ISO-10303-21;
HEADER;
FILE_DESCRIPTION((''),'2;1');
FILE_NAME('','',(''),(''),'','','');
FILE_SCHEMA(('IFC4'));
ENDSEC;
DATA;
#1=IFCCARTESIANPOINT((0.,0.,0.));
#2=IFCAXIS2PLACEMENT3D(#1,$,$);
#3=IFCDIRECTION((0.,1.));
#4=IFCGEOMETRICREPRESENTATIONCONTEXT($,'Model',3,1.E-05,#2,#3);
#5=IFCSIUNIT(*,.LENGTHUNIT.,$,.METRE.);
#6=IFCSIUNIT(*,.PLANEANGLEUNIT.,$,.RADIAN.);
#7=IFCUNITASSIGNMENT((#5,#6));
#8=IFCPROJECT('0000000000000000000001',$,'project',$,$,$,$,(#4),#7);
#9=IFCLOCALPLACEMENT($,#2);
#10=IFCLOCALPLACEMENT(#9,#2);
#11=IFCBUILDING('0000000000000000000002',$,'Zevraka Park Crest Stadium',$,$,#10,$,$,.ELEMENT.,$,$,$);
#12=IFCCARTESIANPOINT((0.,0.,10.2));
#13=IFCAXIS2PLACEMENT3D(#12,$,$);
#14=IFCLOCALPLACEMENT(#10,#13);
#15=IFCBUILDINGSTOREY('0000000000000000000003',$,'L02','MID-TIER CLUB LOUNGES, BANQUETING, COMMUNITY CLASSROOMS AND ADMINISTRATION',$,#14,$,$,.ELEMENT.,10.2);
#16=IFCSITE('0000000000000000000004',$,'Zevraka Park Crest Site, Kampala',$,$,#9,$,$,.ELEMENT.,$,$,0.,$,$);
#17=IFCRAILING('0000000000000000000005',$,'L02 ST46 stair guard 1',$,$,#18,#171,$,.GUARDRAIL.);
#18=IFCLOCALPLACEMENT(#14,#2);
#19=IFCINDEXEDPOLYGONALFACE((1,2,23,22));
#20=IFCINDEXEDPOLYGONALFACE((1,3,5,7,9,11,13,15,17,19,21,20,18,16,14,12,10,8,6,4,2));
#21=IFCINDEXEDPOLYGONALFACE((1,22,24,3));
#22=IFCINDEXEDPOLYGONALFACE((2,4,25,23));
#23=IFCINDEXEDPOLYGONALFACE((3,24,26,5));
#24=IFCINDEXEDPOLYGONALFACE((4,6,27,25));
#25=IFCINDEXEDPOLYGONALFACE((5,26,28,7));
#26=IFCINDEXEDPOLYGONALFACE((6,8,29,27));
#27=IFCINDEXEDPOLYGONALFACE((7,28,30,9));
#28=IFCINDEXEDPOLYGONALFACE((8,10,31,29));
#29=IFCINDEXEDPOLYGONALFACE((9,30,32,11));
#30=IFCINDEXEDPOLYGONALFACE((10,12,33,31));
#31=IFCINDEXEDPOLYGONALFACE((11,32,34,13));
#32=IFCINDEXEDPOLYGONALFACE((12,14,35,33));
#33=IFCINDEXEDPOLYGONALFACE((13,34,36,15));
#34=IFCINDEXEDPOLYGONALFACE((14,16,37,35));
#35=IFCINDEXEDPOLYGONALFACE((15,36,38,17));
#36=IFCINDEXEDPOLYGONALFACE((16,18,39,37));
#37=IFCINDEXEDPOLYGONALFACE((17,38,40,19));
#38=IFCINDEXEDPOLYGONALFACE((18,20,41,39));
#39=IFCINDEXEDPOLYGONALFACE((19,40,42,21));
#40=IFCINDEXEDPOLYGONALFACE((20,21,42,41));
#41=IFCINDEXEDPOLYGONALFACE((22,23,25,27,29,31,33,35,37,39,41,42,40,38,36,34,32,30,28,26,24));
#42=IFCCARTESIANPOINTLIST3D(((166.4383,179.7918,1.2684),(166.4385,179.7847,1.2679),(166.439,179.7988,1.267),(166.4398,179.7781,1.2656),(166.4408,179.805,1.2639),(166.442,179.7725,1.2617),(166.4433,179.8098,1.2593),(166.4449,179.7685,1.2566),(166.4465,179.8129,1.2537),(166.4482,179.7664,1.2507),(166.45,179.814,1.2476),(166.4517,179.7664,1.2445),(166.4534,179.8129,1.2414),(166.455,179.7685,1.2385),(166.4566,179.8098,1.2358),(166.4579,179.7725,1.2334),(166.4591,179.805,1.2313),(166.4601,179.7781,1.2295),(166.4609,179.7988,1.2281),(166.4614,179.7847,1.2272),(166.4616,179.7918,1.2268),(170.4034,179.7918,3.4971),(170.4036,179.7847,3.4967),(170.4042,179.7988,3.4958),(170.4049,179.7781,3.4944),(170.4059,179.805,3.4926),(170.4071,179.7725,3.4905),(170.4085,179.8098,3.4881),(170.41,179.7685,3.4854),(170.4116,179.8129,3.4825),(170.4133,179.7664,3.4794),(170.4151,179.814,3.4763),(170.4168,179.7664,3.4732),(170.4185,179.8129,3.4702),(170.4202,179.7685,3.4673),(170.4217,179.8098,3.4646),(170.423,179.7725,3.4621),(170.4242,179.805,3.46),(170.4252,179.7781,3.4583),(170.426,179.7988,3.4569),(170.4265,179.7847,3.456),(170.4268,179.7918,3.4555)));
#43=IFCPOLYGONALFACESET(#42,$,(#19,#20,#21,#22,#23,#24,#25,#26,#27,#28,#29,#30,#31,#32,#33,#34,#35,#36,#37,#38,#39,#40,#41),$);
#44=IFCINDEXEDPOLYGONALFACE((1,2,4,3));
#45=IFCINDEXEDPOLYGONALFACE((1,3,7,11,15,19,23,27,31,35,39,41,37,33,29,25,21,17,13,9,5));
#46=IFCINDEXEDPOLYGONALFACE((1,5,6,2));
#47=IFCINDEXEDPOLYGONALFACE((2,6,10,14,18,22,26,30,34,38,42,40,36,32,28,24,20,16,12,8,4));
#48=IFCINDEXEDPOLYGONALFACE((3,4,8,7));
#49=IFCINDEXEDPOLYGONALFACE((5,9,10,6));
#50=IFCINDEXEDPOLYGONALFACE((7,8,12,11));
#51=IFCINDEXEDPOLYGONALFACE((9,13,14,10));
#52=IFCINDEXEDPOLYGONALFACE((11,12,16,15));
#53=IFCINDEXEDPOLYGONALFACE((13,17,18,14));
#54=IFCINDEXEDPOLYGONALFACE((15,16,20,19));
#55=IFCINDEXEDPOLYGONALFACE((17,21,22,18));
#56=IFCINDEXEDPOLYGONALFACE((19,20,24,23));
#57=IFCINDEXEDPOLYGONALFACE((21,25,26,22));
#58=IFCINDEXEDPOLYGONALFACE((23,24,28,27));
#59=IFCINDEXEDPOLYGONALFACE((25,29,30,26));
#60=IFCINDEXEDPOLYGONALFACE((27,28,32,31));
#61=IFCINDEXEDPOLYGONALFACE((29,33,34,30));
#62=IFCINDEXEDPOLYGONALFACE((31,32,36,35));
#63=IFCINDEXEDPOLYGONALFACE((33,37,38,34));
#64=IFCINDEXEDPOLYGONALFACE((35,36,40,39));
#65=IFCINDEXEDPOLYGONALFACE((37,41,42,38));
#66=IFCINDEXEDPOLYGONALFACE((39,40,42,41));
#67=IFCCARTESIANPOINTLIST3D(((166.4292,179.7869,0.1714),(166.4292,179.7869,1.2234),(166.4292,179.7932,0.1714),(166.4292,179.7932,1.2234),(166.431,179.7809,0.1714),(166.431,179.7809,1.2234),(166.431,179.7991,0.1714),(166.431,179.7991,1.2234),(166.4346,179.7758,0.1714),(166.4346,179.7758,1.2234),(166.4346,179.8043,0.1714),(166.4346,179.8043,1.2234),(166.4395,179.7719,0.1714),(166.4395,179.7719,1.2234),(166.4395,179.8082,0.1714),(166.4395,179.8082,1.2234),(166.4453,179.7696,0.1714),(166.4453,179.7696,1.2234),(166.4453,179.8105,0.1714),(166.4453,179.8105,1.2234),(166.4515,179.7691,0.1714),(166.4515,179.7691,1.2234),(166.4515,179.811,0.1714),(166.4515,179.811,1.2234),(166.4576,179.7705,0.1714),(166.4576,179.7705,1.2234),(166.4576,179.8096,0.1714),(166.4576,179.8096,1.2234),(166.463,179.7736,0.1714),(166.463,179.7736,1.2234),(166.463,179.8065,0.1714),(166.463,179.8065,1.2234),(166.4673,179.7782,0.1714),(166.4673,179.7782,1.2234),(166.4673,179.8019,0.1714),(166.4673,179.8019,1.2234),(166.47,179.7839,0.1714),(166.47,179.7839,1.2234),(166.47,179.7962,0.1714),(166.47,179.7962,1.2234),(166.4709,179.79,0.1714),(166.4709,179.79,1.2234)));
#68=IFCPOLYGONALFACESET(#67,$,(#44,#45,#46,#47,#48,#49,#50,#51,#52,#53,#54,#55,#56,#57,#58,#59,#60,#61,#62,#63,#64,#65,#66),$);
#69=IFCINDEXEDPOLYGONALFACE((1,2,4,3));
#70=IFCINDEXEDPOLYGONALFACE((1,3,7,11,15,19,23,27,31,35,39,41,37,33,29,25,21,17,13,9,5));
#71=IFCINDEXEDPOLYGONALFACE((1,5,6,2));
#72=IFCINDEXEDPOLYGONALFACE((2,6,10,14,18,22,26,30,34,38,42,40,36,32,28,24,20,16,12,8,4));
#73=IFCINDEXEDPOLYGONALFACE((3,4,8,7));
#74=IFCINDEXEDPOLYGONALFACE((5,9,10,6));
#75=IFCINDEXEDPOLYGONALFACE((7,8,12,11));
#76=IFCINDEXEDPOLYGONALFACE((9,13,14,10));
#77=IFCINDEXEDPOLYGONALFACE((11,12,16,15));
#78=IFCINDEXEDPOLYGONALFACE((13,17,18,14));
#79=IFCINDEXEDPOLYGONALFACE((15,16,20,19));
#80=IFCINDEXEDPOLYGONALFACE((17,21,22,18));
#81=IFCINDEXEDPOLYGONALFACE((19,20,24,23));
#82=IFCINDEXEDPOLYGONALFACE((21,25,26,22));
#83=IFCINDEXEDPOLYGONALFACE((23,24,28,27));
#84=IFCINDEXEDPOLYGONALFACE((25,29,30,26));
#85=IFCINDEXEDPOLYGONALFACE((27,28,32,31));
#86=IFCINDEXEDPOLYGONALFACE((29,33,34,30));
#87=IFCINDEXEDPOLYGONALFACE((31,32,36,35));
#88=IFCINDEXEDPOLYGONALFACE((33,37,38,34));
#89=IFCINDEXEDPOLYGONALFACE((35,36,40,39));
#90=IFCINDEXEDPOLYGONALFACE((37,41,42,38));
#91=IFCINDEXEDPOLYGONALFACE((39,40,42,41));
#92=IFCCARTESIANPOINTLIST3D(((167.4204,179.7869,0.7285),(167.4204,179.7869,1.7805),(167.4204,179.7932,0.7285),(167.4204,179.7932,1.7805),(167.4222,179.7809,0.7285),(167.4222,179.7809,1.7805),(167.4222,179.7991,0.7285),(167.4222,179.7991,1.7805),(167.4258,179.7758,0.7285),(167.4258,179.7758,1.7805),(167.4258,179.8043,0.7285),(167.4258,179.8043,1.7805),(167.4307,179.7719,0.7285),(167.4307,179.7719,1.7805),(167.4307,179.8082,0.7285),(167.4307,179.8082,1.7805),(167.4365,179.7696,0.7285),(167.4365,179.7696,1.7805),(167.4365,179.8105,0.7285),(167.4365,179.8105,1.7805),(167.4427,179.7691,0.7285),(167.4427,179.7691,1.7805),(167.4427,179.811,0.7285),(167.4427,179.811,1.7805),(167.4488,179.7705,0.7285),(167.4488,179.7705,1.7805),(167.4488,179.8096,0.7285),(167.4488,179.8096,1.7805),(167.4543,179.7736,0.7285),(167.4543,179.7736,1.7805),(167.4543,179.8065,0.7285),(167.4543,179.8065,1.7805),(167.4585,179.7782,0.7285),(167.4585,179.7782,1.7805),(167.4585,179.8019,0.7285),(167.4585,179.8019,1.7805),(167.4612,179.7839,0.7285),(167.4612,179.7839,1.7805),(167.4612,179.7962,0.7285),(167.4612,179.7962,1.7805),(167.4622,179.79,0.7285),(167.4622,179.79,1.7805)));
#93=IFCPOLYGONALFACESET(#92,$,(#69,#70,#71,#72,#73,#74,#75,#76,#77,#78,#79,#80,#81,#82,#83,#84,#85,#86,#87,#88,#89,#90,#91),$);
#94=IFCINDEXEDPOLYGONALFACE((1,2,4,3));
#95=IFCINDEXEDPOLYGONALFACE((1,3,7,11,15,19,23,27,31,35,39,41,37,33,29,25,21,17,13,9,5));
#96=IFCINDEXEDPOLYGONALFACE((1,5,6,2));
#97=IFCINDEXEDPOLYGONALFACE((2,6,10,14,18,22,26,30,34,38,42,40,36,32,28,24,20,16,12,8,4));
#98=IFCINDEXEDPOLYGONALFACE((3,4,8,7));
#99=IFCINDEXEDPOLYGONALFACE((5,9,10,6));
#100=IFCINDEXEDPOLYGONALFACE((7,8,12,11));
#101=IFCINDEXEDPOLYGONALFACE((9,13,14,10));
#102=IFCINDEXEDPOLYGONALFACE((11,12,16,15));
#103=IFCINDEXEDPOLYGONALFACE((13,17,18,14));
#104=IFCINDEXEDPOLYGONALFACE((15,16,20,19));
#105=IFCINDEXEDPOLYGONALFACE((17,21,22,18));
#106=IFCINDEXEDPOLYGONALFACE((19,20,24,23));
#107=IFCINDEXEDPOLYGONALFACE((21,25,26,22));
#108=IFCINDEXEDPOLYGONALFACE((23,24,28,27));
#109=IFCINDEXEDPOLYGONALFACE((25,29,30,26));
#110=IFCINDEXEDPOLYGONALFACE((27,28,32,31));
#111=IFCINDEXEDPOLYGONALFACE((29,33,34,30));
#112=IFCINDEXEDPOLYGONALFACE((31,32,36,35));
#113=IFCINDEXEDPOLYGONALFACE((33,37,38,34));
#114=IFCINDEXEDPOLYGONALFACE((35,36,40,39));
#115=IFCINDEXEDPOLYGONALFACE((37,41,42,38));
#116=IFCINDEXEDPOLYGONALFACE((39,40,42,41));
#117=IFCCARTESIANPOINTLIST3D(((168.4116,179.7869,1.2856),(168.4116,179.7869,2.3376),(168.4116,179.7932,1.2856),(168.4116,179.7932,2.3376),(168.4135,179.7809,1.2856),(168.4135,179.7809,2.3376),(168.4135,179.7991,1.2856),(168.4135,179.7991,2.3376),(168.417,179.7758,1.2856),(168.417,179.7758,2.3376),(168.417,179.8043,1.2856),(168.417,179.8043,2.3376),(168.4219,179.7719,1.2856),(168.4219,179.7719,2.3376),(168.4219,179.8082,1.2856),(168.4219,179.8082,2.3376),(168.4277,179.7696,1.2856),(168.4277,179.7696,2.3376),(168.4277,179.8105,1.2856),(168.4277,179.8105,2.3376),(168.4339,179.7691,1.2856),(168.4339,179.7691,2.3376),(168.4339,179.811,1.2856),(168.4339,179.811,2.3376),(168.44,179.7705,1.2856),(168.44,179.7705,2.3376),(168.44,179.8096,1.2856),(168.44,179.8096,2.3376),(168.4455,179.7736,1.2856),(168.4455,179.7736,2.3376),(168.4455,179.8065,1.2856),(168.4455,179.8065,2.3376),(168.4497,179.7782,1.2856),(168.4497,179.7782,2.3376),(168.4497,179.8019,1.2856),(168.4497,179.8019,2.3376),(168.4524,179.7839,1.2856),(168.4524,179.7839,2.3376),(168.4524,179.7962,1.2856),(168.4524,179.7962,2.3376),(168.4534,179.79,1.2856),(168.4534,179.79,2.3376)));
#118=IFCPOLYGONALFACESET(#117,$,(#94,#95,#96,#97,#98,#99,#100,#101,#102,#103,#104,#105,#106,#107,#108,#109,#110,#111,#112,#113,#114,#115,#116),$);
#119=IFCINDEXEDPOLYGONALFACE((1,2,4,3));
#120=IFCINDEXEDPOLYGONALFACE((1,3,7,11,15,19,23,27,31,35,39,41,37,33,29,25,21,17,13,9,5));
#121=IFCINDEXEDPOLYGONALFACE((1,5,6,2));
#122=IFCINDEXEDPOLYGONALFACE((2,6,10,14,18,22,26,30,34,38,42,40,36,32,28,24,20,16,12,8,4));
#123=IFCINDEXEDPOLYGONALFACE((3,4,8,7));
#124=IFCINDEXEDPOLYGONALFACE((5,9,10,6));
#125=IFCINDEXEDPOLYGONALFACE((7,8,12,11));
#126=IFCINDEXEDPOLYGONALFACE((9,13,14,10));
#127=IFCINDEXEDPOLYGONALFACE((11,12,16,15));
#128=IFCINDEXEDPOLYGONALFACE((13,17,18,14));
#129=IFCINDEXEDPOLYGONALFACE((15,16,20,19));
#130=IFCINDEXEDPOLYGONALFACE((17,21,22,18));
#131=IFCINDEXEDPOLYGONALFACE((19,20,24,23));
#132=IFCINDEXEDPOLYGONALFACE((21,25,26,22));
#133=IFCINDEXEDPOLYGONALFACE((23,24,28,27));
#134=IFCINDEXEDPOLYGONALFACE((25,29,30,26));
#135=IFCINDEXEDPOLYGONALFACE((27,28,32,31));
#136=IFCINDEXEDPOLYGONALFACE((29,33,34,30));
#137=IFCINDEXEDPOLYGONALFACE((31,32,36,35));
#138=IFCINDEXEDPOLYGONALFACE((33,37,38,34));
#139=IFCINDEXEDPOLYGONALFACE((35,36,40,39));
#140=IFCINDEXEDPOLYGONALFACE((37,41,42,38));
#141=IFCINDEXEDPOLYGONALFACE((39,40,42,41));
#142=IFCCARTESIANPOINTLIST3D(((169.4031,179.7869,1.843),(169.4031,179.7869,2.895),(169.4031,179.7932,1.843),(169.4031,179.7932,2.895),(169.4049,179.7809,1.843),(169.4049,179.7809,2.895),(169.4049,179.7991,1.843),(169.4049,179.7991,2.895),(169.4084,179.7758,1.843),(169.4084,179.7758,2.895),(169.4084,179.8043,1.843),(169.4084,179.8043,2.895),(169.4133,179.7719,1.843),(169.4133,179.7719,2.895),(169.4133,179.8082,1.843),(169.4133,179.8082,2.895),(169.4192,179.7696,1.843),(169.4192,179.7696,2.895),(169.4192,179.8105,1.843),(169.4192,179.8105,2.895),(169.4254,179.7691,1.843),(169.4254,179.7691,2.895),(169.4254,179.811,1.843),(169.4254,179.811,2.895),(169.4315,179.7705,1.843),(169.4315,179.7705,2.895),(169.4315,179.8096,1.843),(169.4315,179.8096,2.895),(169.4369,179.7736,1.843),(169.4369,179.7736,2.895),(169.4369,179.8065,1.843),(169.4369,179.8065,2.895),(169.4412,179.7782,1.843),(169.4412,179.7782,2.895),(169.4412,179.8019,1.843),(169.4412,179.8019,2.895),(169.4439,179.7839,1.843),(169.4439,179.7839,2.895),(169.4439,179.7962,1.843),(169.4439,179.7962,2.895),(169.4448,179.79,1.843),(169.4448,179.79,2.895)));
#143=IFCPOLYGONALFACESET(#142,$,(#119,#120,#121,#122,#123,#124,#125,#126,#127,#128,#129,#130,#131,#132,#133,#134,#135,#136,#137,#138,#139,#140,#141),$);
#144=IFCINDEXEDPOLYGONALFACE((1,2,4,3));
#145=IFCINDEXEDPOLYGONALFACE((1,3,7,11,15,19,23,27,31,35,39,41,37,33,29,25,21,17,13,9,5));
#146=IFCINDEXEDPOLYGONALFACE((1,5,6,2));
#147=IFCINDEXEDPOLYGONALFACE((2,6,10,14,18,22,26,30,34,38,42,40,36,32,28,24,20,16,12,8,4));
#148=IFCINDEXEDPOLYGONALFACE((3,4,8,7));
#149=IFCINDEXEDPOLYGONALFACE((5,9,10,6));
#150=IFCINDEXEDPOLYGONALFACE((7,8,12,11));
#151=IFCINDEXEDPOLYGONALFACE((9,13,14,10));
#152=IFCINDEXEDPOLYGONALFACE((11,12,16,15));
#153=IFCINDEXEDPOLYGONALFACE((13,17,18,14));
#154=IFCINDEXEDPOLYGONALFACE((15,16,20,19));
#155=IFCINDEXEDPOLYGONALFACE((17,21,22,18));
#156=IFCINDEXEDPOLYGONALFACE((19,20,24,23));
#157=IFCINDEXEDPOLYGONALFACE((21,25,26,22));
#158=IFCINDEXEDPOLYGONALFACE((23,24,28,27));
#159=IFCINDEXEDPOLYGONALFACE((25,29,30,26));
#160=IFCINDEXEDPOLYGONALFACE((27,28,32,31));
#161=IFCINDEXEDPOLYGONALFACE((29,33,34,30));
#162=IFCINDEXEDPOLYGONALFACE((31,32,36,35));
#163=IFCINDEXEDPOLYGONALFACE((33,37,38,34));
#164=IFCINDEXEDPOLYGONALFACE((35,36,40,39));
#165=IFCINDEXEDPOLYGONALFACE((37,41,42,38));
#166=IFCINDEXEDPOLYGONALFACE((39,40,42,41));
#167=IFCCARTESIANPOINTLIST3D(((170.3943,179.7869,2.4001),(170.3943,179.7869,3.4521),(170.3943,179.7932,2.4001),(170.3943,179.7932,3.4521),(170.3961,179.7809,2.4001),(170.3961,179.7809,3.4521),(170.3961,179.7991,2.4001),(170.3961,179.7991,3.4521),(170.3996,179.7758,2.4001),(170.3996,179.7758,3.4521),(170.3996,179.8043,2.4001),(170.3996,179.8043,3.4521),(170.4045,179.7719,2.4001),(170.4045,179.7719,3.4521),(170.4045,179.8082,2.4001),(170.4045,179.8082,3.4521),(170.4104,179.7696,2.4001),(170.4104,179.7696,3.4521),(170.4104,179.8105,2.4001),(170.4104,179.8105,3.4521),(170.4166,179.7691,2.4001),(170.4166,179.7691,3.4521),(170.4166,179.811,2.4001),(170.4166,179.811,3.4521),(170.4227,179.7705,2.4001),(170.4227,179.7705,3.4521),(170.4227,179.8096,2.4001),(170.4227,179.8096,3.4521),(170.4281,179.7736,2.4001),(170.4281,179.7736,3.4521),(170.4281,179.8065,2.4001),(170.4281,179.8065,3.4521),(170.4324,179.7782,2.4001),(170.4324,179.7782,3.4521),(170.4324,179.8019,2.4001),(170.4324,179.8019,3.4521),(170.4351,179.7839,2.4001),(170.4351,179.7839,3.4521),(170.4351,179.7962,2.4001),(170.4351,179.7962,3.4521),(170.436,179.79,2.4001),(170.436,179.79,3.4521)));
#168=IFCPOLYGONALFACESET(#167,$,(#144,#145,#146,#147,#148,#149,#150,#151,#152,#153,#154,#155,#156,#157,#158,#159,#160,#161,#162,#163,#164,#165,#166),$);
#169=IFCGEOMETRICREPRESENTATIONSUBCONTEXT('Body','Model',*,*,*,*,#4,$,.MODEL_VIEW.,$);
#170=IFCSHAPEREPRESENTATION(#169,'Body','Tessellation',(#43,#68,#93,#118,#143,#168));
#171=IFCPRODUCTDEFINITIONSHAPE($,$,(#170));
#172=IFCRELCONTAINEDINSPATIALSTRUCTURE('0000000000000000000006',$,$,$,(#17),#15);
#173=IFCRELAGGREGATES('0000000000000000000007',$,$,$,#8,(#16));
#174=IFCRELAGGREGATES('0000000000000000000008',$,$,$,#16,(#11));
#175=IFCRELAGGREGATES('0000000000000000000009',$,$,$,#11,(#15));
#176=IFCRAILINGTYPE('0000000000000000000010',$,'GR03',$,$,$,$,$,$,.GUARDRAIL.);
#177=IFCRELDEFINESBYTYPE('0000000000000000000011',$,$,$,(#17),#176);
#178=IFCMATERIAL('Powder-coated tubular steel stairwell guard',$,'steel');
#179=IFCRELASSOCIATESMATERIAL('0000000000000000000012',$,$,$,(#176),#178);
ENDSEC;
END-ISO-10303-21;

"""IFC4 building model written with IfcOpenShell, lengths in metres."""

from ifc_helpers import new_model, si_unit, direction, frame, origin, origin_2d, place, context, subcontext, project, spatial, circle, extrude, material, type_object, element, save


model = new_model("IFC4")

# Units and contexts
model_context = context("Model", 3, precision=1e-05, world=origin(), true_north=direction((0.0, 1.0)))
body_context = subcontext(model_context, "Body", "Model", "MODEL_VIEW")
ifc_project = project(units=[si_unit("LENGTHUNIT", "METRE"), si_unit("PLANEANGLEUNIT", "RADIAN")], contexts=[model_context])

# Site, building, storey
site_placement = place(None, origin())
site = spatial("IfcSite", under=ifc_project, at=site_placement, Name="Zevraka Park Crest Site, Kampala", CompositionType="ELEMENT", RefElevation=0.0)
building_placement = place(site_placement, origin())
building = spatial("IfcBuilding", under=site, at=building_placement, Name="Zevraka Park Crest Stadium", CompositionType="ELEMENT")
storey_placement = place(building_placement, frame((0.0, 0.0, 10.2)))
storey = spatial("IfcBuildingStorey", under=building, at=storey_placement, Name="L02", Description="MID-TIER CLUB LOUNGES, BANQUETING, COMMUNITY CLASSROOMS AND ADMINISTRATION", CompositionType="ELEMENT", Elevation=10.2)

# Railing
ifc_material_1 = material(Name="Powder-coated tubular steel stairwell guard", Category="steel")
railing_type_1 = type_object("IfcRailingType", Name="GR03", PredefinedType="GUARDRAIL", material=ifc_material_1)
railing_1_placement = place(storey_placement, frame((166.45, 179.79, 0.1714)))
element("IfcRailing", 1, at=railing_1_placement, inside=storey, type_object=railing_type_1, Name="L02 ST46 stair guard 1", PredefinedType="GUARDRAIL", context=body_context, shape_type="SweptSolid", body=[
    extrude(circle(Radius=0.0239, at=origin_2d()), frame((0.0, 0.0, 1.0762), z_axis=(0.871726, 0.0, 0.489994), x_axis=(0.0, 1.0, 0.0)), (0.0, 0.0, 1.0), 4.5486),
    extrude(circle(Radius=0.021, at=origin_2d()), origin(), (0.0, 0.0, 1.0), 1.052),
    extrude(circle(Radius=0.021, at=origin_2d()), frame((0.9912, 0.0, 0.5571)), (0.0, 0.0, 1.0), 1.052),
    extrude(circle(Radius=0.021, at=origin_2d()), frame((1.9824, 0.0, 1.1143)), (0.0, 0.0, 1.0), 1.052),
    extrude(circle(Radius=0.021, at=origin_2d()), frame((2.9739, 0.0, 1.6716)), (0.0, 0.0, 1.0), 1.052),
    extrude(circle(Radius=0.021, at=origin_2d()), frame((3.9651, 0.0, 2.2288)), (0.0, 0.0, 1.0), 1.052),
])

save(model, "model.ifc")
